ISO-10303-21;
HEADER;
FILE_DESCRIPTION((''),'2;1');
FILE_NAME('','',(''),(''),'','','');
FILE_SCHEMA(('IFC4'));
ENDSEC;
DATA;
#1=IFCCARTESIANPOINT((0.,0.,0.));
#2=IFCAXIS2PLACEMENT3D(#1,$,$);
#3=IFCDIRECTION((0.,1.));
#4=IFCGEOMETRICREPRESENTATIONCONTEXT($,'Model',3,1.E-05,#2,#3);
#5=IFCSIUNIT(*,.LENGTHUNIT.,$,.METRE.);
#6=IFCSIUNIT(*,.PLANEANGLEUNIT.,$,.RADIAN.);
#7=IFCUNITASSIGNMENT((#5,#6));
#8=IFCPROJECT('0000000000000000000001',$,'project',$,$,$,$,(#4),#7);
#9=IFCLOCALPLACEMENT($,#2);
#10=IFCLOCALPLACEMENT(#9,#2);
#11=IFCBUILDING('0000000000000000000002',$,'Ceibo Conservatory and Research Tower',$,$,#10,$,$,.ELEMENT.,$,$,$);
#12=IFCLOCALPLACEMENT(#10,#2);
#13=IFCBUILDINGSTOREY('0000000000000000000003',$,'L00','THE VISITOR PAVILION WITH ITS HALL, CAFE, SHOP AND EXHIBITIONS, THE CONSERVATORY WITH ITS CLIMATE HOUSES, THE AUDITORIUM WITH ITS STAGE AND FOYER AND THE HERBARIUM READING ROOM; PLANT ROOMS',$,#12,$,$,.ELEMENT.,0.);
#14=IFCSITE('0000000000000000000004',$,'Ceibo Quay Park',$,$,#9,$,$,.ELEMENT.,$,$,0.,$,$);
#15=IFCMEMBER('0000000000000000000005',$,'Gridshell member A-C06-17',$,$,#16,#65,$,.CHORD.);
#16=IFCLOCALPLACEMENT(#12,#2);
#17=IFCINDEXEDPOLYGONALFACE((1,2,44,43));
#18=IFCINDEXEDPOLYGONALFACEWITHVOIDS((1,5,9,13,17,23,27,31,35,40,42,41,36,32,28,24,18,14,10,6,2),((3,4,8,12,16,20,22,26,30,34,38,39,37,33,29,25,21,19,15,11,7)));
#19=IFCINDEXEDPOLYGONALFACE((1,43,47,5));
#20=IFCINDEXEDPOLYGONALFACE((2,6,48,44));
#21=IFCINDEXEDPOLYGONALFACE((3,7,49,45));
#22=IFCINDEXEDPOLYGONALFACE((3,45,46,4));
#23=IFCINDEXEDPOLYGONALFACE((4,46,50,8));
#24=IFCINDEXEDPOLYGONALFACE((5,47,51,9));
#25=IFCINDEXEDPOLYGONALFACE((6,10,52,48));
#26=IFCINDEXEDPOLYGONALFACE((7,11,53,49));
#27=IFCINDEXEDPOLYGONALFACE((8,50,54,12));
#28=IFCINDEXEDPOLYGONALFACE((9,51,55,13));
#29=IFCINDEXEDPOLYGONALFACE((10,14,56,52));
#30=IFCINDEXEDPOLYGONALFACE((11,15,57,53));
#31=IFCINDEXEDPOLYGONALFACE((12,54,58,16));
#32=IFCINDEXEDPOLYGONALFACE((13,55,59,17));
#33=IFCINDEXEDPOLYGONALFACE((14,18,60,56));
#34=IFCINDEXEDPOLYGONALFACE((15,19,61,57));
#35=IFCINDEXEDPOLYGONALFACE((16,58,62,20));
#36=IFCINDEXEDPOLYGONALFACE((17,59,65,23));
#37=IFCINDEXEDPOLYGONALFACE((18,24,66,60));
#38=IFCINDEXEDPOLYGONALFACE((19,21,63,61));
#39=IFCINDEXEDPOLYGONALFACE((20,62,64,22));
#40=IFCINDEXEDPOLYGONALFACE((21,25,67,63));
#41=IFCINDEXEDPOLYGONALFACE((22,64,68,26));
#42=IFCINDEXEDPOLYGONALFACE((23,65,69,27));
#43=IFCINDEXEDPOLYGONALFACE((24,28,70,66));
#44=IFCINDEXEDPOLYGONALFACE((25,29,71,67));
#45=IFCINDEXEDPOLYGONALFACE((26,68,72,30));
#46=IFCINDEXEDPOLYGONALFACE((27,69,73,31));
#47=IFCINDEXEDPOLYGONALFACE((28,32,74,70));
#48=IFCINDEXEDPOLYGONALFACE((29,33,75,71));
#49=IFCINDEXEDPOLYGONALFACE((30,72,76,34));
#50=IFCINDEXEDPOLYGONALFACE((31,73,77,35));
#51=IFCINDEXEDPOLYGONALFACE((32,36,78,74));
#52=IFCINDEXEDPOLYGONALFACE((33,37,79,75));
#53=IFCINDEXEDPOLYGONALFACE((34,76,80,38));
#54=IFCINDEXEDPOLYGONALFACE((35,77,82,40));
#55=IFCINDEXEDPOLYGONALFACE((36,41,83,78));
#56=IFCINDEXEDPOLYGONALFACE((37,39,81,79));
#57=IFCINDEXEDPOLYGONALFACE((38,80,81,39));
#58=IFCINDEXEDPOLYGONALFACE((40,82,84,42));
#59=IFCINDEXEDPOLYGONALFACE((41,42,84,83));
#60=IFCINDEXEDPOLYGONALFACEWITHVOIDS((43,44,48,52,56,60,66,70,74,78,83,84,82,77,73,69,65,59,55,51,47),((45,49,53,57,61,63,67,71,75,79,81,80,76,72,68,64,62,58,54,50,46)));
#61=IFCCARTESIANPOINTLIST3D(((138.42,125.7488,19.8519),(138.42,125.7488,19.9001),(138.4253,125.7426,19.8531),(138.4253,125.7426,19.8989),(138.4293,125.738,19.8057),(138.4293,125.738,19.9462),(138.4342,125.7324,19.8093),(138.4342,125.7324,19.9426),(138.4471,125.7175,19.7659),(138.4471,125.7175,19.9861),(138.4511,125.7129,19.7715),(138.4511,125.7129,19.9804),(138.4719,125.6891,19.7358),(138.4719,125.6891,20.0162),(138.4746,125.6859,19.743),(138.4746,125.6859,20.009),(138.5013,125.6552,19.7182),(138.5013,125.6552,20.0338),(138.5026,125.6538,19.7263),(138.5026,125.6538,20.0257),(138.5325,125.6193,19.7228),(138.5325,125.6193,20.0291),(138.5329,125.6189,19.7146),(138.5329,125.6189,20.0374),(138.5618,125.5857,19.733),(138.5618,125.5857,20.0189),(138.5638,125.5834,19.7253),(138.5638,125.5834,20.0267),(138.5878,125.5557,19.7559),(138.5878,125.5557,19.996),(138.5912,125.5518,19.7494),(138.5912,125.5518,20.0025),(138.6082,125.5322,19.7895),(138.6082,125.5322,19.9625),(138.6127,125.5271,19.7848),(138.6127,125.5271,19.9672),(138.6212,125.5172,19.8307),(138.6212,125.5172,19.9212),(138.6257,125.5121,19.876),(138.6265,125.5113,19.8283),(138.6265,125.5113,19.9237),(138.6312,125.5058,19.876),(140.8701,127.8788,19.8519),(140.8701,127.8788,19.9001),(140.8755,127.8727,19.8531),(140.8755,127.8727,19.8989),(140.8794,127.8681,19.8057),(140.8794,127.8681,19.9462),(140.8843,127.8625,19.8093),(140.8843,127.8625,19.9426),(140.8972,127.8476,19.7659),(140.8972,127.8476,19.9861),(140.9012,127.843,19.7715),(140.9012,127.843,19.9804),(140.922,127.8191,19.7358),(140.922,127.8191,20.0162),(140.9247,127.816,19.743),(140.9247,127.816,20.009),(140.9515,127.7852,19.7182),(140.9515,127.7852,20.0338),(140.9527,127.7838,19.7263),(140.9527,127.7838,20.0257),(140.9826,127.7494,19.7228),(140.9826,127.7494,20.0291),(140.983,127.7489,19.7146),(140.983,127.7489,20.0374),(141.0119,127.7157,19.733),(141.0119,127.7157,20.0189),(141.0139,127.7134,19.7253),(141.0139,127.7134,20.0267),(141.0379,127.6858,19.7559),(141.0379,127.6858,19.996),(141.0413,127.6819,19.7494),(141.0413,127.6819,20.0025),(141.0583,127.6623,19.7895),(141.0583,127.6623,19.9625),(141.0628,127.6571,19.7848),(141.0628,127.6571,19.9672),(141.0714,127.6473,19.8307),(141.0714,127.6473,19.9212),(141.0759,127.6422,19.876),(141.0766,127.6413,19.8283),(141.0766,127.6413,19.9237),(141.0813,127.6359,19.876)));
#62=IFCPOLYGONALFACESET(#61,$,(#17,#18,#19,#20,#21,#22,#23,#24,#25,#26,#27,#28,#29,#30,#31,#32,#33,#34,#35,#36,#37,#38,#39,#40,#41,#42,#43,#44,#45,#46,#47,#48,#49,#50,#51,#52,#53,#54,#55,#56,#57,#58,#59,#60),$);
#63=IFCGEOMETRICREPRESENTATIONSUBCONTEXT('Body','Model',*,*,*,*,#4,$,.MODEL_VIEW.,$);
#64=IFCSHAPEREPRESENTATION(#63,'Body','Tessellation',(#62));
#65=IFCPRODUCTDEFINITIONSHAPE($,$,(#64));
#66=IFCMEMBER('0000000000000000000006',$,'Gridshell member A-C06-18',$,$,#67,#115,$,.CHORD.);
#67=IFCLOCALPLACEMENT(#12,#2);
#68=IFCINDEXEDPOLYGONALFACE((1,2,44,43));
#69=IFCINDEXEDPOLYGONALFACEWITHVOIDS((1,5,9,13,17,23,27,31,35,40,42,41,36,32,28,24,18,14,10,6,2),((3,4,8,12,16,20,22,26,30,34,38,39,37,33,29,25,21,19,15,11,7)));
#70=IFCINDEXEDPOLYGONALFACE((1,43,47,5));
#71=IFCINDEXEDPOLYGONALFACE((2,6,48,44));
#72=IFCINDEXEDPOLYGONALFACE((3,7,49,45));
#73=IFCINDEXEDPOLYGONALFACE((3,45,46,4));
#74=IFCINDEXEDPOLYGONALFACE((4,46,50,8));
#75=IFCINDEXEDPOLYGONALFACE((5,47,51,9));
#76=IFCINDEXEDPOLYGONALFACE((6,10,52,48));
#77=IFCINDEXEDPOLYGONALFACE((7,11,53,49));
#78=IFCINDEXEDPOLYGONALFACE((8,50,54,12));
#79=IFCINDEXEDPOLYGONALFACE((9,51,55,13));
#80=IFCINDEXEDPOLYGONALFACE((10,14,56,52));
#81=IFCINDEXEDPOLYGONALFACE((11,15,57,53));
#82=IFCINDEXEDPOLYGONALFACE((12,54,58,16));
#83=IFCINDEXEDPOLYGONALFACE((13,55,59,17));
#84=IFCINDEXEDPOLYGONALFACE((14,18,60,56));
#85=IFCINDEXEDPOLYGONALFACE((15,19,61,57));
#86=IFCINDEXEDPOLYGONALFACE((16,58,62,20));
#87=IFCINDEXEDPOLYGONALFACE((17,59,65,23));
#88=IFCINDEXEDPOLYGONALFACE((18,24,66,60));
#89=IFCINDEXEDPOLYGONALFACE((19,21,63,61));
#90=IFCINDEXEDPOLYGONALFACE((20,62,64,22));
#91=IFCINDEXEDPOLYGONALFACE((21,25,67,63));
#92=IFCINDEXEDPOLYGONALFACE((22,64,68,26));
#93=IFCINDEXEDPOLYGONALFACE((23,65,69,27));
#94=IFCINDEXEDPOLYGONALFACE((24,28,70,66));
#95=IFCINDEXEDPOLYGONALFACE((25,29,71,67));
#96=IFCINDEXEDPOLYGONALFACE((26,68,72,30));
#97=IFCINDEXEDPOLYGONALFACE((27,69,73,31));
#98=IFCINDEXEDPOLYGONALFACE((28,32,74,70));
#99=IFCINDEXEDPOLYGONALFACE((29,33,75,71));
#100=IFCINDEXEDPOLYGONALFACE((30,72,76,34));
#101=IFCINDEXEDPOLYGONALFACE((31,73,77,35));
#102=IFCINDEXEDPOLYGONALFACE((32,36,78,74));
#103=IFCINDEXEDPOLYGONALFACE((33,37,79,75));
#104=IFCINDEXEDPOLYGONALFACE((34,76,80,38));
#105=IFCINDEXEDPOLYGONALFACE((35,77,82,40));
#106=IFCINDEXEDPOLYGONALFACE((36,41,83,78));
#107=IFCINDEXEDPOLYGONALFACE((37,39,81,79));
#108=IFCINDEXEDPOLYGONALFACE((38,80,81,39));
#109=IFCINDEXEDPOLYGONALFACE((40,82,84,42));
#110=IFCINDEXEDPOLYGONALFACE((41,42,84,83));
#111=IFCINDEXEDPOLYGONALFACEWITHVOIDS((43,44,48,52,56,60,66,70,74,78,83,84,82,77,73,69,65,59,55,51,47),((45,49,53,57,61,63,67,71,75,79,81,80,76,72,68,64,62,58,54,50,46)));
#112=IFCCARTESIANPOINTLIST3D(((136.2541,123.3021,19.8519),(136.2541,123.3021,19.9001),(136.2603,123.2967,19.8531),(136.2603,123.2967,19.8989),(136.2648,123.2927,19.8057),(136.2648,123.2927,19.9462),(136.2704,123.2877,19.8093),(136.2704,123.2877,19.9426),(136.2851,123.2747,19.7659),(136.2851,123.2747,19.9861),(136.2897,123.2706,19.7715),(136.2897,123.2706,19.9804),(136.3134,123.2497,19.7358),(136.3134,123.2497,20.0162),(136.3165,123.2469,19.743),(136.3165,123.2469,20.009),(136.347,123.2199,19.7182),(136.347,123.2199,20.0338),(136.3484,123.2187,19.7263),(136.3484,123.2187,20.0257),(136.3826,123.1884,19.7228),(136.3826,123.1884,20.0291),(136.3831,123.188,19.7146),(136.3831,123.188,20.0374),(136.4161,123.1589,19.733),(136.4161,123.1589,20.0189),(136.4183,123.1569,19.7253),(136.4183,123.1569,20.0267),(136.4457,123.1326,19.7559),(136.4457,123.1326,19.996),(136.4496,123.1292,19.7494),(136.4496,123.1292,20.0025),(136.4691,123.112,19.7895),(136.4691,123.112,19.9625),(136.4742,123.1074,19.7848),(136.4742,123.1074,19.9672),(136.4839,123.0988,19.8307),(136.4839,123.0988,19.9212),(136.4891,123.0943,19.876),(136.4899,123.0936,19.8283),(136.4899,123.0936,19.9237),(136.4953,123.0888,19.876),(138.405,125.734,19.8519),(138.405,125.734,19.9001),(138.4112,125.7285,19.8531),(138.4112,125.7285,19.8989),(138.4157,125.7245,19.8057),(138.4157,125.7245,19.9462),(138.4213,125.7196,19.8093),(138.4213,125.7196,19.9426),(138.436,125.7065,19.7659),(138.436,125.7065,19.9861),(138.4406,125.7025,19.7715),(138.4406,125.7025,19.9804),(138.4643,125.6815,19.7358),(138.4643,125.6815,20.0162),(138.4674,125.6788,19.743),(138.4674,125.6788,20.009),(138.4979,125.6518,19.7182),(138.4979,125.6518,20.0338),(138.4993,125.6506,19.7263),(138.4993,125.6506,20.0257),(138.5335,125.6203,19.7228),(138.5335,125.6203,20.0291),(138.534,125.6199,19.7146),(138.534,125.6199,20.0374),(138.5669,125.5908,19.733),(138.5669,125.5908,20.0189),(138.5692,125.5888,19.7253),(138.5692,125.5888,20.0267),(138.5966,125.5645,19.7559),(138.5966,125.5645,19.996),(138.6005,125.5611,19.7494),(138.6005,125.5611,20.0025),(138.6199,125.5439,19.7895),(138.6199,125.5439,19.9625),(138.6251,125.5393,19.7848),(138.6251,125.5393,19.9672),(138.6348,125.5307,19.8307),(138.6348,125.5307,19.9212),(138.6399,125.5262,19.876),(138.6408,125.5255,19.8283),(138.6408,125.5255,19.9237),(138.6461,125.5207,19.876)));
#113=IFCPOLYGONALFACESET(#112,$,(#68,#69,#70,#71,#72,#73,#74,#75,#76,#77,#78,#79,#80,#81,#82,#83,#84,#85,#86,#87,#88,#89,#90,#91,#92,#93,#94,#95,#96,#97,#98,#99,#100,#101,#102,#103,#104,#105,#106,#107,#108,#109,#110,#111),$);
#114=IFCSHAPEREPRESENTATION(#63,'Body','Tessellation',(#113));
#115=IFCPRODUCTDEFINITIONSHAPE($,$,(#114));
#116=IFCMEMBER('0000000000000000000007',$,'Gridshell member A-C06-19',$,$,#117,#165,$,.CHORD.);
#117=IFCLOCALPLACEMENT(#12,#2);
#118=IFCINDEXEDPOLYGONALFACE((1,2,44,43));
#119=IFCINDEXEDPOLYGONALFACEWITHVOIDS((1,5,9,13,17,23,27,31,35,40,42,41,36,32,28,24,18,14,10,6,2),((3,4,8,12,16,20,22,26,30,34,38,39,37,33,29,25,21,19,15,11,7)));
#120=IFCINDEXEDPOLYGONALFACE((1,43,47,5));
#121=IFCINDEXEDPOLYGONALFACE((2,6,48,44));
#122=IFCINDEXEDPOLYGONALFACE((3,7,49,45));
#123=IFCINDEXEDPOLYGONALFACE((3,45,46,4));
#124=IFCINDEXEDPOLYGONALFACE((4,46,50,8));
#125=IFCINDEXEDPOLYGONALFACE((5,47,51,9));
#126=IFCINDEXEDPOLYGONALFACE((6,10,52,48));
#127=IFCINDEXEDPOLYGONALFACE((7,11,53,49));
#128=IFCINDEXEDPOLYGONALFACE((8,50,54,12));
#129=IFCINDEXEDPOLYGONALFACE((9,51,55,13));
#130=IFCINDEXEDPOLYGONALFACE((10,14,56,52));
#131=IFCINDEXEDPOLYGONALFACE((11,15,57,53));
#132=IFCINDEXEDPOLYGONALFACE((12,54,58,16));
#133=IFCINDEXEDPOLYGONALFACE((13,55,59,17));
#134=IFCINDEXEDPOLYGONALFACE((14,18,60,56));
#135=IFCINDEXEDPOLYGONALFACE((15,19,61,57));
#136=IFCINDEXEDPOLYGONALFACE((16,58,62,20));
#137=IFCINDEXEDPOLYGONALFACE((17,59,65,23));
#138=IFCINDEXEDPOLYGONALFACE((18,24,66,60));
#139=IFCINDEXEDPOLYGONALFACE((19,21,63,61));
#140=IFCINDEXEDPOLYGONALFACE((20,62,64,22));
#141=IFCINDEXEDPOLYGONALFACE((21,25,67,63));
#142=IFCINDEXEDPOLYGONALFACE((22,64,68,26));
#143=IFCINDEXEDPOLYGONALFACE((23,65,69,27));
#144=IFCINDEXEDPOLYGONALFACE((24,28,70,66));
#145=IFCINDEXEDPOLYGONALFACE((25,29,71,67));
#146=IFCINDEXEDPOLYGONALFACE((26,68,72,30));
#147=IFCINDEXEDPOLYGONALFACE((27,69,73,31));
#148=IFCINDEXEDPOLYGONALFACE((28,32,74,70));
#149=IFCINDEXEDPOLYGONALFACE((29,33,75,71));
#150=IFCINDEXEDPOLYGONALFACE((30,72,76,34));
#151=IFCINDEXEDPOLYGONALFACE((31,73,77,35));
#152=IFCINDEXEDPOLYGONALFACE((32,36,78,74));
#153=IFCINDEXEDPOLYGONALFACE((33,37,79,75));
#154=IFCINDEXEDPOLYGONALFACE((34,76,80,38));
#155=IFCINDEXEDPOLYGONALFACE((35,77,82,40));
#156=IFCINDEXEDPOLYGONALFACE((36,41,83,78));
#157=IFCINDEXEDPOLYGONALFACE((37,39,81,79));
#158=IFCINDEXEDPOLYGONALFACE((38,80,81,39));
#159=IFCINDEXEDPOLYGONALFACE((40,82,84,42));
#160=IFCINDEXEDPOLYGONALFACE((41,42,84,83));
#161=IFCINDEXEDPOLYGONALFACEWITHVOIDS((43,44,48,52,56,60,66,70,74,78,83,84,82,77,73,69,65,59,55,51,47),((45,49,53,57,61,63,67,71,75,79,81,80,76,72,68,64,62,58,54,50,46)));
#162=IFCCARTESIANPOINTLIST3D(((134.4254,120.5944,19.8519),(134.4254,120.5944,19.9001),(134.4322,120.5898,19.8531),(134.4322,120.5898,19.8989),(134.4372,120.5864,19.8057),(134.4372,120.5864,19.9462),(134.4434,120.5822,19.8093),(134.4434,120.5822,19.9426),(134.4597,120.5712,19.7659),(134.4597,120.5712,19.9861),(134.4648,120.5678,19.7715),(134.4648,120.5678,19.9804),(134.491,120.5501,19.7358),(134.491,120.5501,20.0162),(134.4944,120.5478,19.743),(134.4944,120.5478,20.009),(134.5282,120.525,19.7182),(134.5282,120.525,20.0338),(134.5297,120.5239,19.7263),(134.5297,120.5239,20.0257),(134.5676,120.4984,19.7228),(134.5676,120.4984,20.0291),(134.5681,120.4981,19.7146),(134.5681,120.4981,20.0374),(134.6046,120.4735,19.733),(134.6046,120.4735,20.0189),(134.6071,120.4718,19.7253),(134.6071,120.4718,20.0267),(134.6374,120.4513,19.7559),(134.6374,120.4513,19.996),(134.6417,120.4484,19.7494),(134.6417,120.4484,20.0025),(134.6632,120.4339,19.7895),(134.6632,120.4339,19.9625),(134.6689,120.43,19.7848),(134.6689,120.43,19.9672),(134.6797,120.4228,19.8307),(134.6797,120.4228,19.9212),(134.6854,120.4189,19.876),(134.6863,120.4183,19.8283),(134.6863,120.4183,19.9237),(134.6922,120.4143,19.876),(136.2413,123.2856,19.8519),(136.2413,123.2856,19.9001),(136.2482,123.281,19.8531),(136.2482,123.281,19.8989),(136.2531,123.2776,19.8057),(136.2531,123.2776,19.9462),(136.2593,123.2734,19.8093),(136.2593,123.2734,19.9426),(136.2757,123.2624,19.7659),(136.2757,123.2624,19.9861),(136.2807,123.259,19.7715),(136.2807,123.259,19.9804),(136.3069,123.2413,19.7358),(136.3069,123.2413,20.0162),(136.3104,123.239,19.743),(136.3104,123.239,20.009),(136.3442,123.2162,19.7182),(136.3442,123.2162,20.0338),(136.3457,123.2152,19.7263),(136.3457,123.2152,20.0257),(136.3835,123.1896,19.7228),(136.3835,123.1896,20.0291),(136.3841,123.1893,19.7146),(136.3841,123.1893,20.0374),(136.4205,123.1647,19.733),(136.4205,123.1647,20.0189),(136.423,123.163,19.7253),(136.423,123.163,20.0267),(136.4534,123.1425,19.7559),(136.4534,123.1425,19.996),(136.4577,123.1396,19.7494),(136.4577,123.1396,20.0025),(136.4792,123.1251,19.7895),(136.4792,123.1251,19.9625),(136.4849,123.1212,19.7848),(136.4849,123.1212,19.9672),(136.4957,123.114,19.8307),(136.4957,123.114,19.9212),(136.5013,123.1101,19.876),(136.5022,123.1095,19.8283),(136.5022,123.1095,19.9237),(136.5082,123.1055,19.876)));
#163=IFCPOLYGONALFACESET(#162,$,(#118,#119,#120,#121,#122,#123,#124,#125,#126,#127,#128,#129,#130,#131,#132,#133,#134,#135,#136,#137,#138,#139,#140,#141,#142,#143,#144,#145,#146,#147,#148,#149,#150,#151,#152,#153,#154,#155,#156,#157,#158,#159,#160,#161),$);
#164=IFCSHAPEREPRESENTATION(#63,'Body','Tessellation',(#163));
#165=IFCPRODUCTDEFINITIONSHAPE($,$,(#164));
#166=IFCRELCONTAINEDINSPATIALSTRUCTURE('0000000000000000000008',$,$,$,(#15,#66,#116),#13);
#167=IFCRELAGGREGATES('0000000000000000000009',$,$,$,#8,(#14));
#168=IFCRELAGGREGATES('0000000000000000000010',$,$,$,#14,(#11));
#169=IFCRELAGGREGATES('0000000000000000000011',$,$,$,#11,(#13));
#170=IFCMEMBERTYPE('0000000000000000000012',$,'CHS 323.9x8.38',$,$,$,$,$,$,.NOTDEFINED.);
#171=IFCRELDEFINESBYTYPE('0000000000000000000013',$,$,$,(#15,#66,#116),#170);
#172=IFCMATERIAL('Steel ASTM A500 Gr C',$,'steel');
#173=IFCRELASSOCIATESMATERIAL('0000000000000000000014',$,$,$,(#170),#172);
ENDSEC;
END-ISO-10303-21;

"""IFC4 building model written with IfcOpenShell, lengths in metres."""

from ifc_helpers import new_model, si_unit, direction, frame, origin, origin_2d, place, context, subcontext, project, spatial, hollow_circle, extrude, material, material_profile, profile_set, type_object, element, save


model = new_model("IFC4")

# Units and contexts
model_context = context("Model", 3, precision=1e-05, world=origin(), true_north=direction((0.0, 1.0)))
body_context = subcontext(model_context, "Body", "Model", "MODEL_VIEW")
ifc_project = project(units=[si_unit("LENGTHUNIT", "METRE"), si_unit("PLANEANGLEUNIT", "RADIAN")], contexts=[model_context])

# Site, building, storey
site_placement = place(None, origin())
site = spatial("IfcSite", under=ifc_project, at=site_placement, Name="Ceibo Quay Park", CompositionType="ELEMENT", RefElevation=0.0)
building_placement = place(site_placement, origin())
building = spatial("IfcBuilding", under=site, at=building_placement, Name="Ceibo Conservatory and Research Tower", CompositionType="ELEMENT")
storey_placement = place(building_placement, origin())
storey = spatial("IfcBuildingStorey", under=building, at=storey_placement, Name="L00", Description="THE VISITOR PAVILION WITH ITS HALL, CAFE, SHOP AND EXHIBITIONS, THE CONSERVATORY WITH ITS CLIMATE HOUSES, THE AUDITORIUM WITH ITS STAGE AND FOYER AND THE HERBARIUM READING ROOM; PLANT ROOMS", CompositionType="ELEMENT", Elevation=0.0)

# Members
ifc_material_1 = material(Name="Steel ASTM A500 Gr C", Category="steel")
ifc_material_profile_1 = material_profile(ifc_material_1, hollow_circle(Radius=0.1619, WallThickness=0.0083, at=origin_2d()), Name="CHS 323.9x8.38")
ifc_profile_set_1 = profile_set([ifc_material_profile_1], Name="Steel ASTM A500 Gr C")
member_type_1 = type_object("IfcMemberType", Name="CHS 323.9x8.38", PredefinedType="NOTDEFINED", material=ifc_profile_set_1)
for number, where, z_axis, x_axis, name in (
    (1, (140.9751, 127.7581, 19.876), (-0.754678, -0.656095, 0.0), (0.656095, -0.754678, 0.0), "Gridshell member A-C06-17"),
    (2, (138.5249, 125.6279, 19.876), (-0.662504, -0.749058, 0.0), (0.749058, -0.662504, 0.0), "Gridshell member A-C06-18"),
    (3, (136.374, 123.196, 19.876), (-0.559342, -0.828937, 0.0), (0.828937, -0.559342, 0.0), "Gridshell member A-C06-19"),
):
    element("IfcMember", number, at=place(storey_placement, frame(where, z_axis=z_axis, x_axis=x_axis)), inside=storey, type_object=member_type_1, Name=name, PredefinedType="CHORD", context=body_context, shape_type="SweptSolid", body=[
        extrude(hollow_circle(Radius=0.1619, WallThickness=0.0083, at=origin_2d()), origin(), (0.0, 0.0, 1.0), 3.2466),
    ])

save(model, "model.ifc")
